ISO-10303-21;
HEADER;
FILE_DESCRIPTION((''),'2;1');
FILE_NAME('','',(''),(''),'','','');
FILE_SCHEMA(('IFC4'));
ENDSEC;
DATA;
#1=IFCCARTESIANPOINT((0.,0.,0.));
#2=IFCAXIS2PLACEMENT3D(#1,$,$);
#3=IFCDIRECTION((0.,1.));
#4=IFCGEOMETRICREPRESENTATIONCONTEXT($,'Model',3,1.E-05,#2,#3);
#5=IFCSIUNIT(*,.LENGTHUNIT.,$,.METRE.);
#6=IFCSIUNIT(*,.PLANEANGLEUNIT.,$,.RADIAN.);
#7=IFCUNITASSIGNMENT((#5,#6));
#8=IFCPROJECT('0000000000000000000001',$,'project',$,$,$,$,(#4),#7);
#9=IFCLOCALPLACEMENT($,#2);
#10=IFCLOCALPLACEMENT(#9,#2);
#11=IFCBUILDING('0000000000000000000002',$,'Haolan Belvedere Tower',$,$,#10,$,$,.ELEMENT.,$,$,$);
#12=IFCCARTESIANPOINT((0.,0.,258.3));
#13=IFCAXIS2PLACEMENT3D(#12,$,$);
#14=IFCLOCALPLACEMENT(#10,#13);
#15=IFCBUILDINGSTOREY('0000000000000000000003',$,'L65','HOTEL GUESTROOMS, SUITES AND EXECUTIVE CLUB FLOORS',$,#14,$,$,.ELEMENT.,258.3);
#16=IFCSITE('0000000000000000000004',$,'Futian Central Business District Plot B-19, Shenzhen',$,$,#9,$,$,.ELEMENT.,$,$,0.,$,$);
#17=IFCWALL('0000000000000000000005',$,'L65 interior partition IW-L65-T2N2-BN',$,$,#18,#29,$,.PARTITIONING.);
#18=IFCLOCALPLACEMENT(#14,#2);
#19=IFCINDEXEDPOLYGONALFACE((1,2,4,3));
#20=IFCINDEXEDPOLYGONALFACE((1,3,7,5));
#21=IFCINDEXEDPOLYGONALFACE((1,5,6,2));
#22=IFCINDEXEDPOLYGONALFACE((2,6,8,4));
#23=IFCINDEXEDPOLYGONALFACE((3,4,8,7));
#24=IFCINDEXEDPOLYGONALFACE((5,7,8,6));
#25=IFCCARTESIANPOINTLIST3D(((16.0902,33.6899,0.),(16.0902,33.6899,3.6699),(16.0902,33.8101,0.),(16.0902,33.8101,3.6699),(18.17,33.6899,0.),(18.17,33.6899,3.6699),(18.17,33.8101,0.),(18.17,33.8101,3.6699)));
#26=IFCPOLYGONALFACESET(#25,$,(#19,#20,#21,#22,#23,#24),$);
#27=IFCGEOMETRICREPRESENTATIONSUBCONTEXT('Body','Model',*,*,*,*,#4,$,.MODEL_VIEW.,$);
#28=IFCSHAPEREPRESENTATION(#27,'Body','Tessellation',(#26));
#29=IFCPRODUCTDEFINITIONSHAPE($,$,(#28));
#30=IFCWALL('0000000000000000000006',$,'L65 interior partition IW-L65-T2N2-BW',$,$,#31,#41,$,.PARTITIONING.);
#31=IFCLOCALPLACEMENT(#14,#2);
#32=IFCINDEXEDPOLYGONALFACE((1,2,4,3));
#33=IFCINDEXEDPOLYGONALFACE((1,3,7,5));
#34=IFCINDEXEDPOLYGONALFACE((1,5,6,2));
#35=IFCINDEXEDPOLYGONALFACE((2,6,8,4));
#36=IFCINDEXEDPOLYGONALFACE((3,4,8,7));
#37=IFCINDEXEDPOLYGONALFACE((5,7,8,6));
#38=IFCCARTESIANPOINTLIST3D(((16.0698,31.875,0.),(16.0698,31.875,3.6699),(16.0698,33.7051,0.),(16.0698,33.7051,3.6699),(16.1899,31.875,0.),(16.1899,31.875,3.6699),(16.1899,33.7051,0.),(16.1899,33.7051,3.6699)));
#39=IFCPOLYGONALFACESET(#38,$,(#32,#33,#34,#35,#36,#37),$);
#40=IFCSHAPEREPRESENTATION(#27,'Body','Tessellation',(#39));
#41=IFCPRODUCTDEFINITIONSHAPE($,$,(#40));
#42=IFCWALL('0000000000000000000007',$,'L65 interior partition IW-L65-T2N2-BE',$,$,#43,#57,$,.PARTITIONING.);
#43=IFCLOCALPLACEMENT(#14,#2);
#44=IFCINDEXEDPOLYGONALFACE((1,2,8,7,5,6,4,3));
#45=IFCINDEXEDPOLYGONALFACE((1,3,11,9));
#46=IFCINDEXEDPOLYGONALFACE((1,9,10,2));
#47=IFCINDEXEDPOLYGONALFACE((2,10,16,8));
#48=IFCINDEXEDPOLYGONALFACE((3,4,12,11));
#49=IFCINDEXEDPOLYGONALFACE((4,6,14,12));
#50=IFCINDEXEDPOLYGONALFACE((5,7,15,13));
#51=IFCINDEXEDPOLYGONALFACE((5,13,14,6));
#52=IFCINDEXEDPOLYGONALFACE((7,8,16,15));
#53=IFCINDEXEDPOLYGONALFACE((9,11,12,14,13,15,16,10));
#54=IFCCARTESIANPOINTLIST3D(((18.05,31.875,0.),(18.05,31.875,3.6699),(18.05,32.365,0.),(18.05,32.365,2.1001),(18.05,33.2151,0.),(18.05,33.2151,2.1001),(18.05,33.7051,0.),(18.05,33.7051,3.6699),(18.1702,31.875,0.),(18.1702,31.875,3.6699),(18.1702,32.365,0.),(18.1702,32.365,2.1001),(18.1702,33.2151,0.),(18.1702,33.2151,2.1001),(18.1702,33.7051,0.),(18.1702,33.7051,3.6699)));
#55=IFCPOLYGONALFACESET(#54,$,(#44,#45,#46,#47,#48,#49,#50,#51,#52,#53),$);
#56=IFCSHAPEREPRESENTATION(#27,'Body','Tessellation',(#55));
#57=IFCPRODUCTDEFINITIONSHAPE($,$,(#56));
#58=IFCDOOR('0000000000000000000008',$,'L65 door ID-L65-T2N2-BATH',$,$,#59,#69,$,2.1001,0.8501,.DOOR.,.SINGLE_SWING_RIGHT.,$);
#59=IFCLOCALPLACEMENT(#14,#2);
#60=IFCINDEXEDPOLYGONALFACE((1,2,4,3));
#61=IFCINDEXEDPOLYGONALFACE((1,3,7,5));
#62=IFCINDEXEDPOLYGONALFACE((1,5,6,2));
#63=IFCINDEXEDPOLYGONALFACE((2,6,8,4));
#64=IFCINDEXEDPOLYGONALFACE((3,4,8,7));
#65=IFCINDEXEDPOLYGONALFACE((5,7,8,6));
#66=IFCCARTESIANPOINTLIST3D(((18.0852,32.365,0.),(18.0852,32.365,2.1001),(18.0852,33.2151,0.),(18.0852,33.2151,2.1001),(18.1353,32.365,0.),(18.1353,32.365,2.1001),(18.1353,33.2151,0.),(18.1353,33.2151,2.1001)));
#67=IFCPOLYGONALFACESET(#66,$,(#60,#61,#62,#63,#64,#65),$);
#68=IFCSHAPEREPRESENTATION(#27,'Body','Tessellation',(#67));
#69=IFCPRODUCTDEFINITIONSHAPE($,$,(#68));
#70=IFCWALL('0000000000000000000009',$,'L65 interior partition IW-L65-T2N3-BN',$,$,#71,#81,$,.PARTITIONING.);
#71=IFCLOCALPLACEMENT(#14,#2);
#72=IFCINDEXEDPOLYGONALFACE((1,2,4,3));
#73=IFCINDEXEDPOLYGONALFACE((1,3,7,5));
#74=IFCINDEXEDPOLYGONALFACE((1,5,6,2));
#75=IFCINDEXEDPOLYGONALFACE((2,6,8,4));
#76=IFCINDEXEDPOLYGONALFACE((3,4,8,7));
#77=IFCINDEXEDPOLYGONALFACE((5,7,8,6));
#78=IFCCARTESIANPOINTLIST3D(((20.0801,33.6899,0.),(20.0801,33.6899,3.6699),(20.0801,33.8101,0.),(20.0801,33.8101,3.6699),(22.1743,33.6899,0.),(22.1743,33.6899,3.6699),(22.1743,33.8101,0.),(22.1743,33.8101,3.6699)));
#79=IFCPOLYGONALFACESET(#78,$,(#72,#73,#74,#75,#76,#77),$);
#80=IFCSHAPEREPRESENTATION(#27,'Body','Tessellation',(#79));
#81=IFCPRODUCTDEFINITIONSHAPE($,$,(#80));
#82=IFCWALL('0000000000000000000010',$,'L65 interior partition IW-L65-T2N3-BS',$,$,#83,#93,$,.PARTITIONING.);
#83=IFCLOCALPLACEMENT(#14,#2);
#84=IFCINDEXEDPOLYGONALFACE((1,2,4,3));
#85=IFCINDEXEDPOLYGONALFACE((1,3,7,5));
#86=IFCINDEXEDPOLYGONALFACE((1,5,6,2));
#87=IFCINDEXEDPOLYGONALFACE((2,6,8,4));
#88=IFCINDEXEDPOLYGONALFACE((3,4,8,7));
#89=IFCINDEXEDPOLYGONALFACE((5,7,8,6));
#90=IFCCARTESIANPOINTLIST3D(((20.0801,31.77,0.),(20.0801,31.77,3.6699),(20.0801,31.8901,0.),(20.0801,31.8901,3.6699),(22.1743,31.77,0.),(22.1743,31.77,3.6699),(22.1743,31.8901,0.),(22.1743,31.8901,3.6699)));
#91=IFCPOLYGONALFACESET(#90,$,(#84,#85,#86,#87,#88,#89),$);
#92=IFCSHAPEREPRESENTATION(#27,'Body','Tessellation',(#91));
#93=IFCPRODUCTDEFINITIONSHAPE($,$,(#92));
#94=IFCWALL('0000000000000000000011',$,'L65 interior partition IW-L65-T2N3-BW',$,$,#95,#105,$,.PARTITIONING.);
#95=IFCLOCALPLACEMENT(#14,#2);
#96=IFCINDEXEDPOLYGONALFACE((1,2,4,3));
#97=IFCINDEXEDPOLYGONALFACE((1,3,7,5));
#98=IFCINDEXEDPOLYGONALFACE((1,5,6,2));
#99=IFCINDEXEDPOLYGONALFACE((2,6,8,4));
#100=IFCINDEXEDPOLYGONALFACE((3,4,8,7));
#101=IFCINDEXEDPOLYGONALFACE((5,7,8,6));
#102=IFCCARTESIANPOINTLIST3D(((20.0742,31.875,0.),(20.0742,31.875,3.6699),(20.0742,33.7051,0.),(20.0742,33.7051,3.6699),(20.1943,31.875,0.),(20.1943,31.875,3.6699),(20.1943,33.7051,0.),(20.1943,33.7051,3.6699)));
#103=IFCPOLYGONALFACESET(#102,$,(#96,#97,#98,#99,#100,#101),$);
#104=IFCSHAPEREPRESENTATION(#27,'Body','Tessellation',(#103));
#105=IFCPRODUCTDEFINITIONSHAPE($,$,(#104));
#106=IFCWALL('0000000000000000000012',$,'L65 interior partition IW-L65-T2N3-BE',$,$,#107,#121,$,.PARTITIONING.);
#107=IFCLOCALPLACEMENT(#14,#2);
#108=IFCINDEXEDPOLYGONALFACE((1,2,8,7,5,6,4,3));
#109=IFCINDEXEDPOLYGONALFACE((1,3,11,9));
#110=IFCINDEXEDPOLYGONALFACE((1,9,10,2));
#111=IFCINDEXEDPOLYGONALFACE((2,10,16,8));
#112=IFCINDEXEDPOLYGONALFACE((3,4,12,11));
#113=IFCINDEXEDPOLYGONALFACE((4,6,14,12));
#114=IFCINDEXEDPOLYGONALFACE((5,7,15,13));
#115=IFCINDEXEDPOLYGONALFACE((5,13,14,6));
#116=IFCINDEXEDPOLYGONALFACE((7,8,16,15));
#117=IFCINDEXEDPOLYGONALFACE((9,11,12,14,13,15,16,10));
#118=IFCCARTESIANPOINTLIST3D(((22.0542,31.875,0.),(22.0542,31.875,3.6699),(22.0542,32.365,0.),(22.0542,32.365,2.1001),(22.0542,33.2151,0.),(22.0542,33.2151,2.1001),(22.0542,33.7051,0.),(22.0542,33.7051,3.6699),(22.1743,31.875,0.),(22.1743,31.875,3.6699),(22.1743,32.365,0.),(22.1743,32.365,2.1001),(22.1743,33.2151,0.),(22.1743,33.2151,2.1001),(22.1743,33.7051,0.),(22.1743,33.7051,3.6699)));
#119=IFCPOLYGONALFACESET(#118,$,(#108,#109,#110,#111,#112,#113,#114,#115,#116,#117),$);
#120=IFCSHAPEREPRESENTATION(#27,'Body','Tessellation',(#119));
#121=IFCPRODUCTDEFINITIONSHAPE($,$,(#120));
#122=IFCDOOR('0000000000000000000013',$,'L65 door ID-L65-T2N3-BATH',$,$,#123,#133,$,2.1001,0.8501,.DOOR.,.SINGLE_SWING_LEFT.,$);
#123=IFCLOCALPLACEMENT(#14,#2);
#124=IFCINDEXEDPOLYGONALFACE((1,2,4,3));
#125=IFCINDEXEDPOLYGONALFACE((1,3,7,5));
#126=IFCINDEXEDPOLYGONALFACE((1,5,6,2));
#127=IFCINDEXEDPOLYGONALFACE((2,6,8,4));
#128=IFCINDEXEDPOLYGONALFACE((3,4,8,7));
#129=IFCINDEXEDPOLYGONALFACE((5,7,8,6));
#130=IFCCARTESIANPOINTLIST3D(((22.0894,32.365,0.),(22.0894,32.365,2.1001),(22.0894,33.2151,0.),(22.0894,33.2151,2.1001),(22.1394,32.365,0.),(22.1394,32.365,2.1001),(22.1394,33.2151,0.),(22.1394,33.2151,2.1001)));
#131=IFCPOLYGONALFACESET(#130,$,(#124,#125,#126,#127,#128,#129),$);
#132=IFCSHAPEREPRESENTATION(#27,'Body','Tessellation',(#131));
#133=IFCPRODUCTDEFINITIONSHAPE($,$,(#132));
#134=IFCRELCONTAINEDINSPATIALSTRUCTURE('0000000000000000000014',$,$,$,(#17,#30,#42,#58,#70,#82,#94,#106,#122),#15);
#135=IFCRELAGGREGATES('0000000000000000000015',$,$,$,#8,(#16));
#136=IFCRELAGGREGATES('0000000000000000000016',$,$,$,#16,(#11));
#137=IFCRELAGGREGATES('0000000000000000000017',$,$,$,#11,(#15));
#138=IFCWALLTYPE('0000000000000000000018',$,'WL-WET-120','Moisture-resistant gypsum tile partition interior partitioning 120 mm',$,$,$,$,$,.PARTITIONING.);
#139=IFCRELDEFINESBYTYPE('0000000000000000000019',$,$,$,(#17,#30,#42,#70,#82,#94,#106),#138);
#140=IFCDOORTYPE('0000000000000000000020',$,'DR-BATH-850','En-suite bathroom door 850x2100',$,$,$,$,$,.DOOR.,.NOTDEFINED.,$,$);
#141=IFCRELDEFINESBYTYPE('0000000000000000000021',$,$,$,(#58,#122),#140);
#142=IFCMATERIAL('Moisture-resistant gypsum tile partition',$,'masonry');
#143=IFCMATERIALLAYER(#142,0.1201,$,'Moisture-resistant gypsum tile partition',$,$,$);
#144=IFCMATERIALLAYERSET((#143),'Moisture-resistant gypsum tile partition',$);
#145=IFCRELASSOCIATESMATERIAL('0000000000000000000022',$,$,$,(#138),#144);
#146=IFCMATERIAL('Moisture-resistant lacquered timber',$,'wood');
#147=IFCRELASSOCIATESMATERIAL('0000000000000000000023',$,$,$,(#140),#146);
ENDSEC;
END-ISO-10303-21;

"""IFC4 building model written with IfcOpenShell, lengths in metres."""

from ifc_helpers import new_model, si_unit, direction, frame, frame_2d, origin, place, context, subcontext, project, spatial, rectangle, extrude, material, layer, layer_set, type_object, element, fill, save


model = new_model("IFC4")

# Units and contexts
model_context = context("Model", 3, precision=1e-05, world=origin(), true_north=direction((0.0, 1.0)))
body_context = subcontext(model_context, "Body", "Model", "MODEL_VIEW")
ifc_project = project(units=[si_unit("LENGTHUNIT", "METRE"), si_unit("PLANEANGLEUNIT", "RADIAN")], contexts=[model_context])

# Site, building, storey
site_placement = place(None, origin())
site = spatial("IfcSite", under=ifc_project, at=site_placement, Name="Futian Central Business District Plot B-19, Shenzhen", CompositionType="ELEMENT", RefElevation=0.0)
building_placement = place(site_placement, origin())
building = spatial("IfcBuilding", under=site, at=building_placement, Name="Haolan Belvedere Tower", CompositionType="ELEMENT")
storey_placement = place(building_placement, frame((0.0, 0.0, 258.3)))
storey = spatial("IfcBuildingStorey", under=building, at=storey_placement, Name="L65", Description="HOTEL GUESTROOMS, SUITES AND EXECUTIVE CLUB FLOORS", CompositionType="ELEMENT", Elevation=258.3)

# Shared definitions
ifc_material_1 = material(Name="Moisture-resistant gypsum tile partition", Category="masonry")
ifc_layer_1 = layer(ifc_material_1, 0.1201, Name="Moisture-resistant gypsum tile partition")
ifc_layer_set_1 = layer_set([ifc_layer_1], Name="Moisture-resistant gypsum tile partition")
wall_type_1 = type_object("IfcWallType", Name="WL-WET-120", Description="Moisture-resistant gypsum tile partition interior partitioning 120 mm", PredefinedType="PARTITIONING", material=ifc_layer_set_1)

# Shared definitions
ifc_material_2 = material(Name="Moisture-resistant lacquered timber", Category="wood")
door_type = type_object("IfcDoorType", Name="DR-BATH-850", Description="En-suite bathroom door 850x2100", OperationType="NOTDEFINED", PredefinedType="DOOR", material=ifc_material_2)

# Walls
wall_1_placement = place(storey_placement, frame((16.0901, 33.75, 0.0), z_axis=(0.0, 0.0, 1.0), x_axis=(1.0, 0.0, 0.0)))
element("IfcWall", 1, at=wall_1_placement, inside=storey, type_object=wall_type_1, Name="L65 interior partition IW-L65-T2N2-BN", PredefinedType="PARTITIONING", context=body_context, shape_type="SweptSolid", body=[
    extrude(rectangle(XDim=2.0798, YDim=0.1201, at=frame_2d((1.04, 0.0))), origin(), (0.0, 0.0, 1.0), 3.6699),
])
wall_2_placement = place(storey_placement, frame((16.1299, 31.875, 0.0), z_axis=(0.0, 0.0, 1.0), x_axis=(0.0, 1.0, 0.0)))
element("IfcWall", 2, at=wall_2_placement, inside=storey, type_object=wall_type_1, Name="L65 interior partition IW-L65-T2N2-BW", PredefinedType="PARTITIONING", context=body_context, shape_type="SweptSolid", body=[
    extrude(rectangle(XDim=1.8301, YDim=0.1201, at=frame_2d((0.915, 0.0))), origin(), (0.0, 0.0, 1.0), 3.6699),
])

# Wall, opening, door
wall_3_placement = place(storey_placement, frame((18.1101, 31.875, 0.0), z_axis=(0.0, 0.0, 1.0), x_axis=(0.0, 1.0, 0.0)))
wall_3 = element("IfcWall", 3, at=wall_3_placement, inside=storey, type_object=wall_type_1, Name="L65 interior partition IW-L65-T2N2-BE", PredefinedType="PARTITIONING", context=body_context, shape_type="SweptSolid", body=[
    extrude(rectangle(XDim=1.8301, YDim=0.1201, at=frame_2d((0.915, 0.0))), origin(), (0.0, 0.0, 1.0), 3.6699),
])
opening_1_placement = place(wall_3_placement, frame((0.49, 0.0, 0.0)))
opening_1 = element("IfcOpeningElement", 4, at=opening_1_placement, cuts=wall_3, PredefinedType="OPENING", context=body_context, shape_type="SweptSolid", body=[
    extrude(rectangle(XDim=0.8501, YDim=2.1001, at=frame_2d((0.425, 1.05))), frame((0.0, 0.0701, 0.0), z_axis=(0.0, -1.0, 0.0), x_axis=(1.0, 0.0, 0.0)), (0.0, 0.0, 1.0), 0.1401),
])
door_1_placement = place(opening_1_placement, origin())
door_1 = element("IfcDoor", 5, at=door_1_placement, inside=storey, type_object=door_type, Name="L65 door ID-L65-T2N2-BATH", OperationType="SINGLE_SWING_RIGHT", OverallHeight=2.1001, OverallWidth=0.8501, PredefinedType="DOOR", context=body_context, shape_type="SweptSolid", body=[
    extrude(rectangle(XDim=0.8501, YDim=2.1001, at=frame_2d((0.425, 1.05))), frame((0.0, 0.0249, 0.0), z_axis=(0.0, -1.0, 0.0), x_axis=(1.0, 0.0, 0.0)), (0.0, 0.0, 1.0), 0.05),
])
fill(opening_1, door_1)

# Walls
for number, where, z_axis, x_axis, name in (
    (6, (20.0801, 33.75, 0.0), (0.0, 0.0, 1.0), (1.0, 0.0, 0.0), "L65 interior partition IW-L65-T2N3-BN"),
    (7, (20.0801, 31.8301, 0.0), (0.0, 0.0, 1.0), (1.0, 0.0, 0.0), "L65 interior partition IW-L65-T2N3-BS"),
):
    element("IfcWall", number, at=place(storey_placement, frame(where, z_axis=z_axis, x_axis=x_axis)), inside=storey, type_object=wall_type_1, Name=name, PredefinedType="PARTITIONING", context=body_context, shape_type="SweptSolid", body=[
        extrude(rectangle(XDim=2.0942, YDim=0.1201, at=frame_2d((1.0471, 0.0))), origin(), (0.0, 0.0, 1.0), 3.6699),
    ])
wall_4_placement = place(storey_placement, frame((20.1343, 31.875, 0.0), z_axis=(0.0, 0.0, 1.0), x_axis=(0.0, 1.0, 0.0)))
element("IfcWall", 8, at=wall_4_placement, inside=storey, type_object=wall_type_1, Name="L65 interior partition IW-L65-T2N3-BW", PredefinedType="PARTITIONING", context=body_context, shape_type="SweptSolid", body=[
    extrude(rectangle(XDim=1.8301, YDim=0.1201, at=frame_2d((0.915, 0.0))), origin(), (0.0, 0.0, 1.0), 3.6699),
])

# Wall, opening, door
wall_5_placement = place(storey_placement, frame((22.1143, 31.875, 0.0), z_axis=(0.0, 0.0, 1.0), x_axis=(0.0, 1.0, 0.0)))
wall_5 = element("IfcWall", 9, at=wall_5_placement, inside=storey, type_object=wall_type_1, Name="L65 interior partition IW-L65-T2N3-BE", PredefinedType="PARTITIONING", context=body_context, shape_type="SweptSolid", body=[
    extrude(rectangle(XDim=1.8301, YDim=0.1201, at=frame_2d((0.915, 0.0))), origin(), (0.0, 0.0, 1.0), 3.6699),
])
opening_2_placement = place(wall_5_placement, frame((0.49, 0.0, 0.0)))
opening_2 = element("IfcOpeningElement", 10, at=opening_2_placement, cuts=wall_5, PredefinedType="OPENING", context=body_context, shape_type="SweptSolid", body=[
    extrude(rectangle(XDim=0.8501, YDim=2.1001, at=frame_2d((0.425, 1.05))), frame((0.0, 0.0701, 0.0), z_axis=(0.0, -1.0, 0.0), x_axis=(1.0, 0.0, 0.0)), (0.0, 0.0, 1.0), 0.1401),
])
door_2_placement = place(opening_2_placement, origin())
door_2 = element("IfcDoor", 11, at=door_2_placement, inside=storey, type_object=door_type, Name="L65 door ID-L65-T2N3-BATH", OperationType="SINGLE_SWING_LEFT", OverallHeight=2.1001, OverallWidth=0.8501, PredefinedType="DOOR", context=body_context, shape_type="SweptSolid", body=[
    extrude(rectangle(XDim=0.8501, YDim=2.1001, at=frame_2d((0.425, 1.05))), frame((0.0, 0.0249, 0.0), z_axis=(0.0, -1.0, 0.0), x_axis=(1.0, 0.0, 0.0)), (0.0, 0.0, 1.0), 0.05),
])
fill(opening_2, door_2)

save(model, "model.ifc")
